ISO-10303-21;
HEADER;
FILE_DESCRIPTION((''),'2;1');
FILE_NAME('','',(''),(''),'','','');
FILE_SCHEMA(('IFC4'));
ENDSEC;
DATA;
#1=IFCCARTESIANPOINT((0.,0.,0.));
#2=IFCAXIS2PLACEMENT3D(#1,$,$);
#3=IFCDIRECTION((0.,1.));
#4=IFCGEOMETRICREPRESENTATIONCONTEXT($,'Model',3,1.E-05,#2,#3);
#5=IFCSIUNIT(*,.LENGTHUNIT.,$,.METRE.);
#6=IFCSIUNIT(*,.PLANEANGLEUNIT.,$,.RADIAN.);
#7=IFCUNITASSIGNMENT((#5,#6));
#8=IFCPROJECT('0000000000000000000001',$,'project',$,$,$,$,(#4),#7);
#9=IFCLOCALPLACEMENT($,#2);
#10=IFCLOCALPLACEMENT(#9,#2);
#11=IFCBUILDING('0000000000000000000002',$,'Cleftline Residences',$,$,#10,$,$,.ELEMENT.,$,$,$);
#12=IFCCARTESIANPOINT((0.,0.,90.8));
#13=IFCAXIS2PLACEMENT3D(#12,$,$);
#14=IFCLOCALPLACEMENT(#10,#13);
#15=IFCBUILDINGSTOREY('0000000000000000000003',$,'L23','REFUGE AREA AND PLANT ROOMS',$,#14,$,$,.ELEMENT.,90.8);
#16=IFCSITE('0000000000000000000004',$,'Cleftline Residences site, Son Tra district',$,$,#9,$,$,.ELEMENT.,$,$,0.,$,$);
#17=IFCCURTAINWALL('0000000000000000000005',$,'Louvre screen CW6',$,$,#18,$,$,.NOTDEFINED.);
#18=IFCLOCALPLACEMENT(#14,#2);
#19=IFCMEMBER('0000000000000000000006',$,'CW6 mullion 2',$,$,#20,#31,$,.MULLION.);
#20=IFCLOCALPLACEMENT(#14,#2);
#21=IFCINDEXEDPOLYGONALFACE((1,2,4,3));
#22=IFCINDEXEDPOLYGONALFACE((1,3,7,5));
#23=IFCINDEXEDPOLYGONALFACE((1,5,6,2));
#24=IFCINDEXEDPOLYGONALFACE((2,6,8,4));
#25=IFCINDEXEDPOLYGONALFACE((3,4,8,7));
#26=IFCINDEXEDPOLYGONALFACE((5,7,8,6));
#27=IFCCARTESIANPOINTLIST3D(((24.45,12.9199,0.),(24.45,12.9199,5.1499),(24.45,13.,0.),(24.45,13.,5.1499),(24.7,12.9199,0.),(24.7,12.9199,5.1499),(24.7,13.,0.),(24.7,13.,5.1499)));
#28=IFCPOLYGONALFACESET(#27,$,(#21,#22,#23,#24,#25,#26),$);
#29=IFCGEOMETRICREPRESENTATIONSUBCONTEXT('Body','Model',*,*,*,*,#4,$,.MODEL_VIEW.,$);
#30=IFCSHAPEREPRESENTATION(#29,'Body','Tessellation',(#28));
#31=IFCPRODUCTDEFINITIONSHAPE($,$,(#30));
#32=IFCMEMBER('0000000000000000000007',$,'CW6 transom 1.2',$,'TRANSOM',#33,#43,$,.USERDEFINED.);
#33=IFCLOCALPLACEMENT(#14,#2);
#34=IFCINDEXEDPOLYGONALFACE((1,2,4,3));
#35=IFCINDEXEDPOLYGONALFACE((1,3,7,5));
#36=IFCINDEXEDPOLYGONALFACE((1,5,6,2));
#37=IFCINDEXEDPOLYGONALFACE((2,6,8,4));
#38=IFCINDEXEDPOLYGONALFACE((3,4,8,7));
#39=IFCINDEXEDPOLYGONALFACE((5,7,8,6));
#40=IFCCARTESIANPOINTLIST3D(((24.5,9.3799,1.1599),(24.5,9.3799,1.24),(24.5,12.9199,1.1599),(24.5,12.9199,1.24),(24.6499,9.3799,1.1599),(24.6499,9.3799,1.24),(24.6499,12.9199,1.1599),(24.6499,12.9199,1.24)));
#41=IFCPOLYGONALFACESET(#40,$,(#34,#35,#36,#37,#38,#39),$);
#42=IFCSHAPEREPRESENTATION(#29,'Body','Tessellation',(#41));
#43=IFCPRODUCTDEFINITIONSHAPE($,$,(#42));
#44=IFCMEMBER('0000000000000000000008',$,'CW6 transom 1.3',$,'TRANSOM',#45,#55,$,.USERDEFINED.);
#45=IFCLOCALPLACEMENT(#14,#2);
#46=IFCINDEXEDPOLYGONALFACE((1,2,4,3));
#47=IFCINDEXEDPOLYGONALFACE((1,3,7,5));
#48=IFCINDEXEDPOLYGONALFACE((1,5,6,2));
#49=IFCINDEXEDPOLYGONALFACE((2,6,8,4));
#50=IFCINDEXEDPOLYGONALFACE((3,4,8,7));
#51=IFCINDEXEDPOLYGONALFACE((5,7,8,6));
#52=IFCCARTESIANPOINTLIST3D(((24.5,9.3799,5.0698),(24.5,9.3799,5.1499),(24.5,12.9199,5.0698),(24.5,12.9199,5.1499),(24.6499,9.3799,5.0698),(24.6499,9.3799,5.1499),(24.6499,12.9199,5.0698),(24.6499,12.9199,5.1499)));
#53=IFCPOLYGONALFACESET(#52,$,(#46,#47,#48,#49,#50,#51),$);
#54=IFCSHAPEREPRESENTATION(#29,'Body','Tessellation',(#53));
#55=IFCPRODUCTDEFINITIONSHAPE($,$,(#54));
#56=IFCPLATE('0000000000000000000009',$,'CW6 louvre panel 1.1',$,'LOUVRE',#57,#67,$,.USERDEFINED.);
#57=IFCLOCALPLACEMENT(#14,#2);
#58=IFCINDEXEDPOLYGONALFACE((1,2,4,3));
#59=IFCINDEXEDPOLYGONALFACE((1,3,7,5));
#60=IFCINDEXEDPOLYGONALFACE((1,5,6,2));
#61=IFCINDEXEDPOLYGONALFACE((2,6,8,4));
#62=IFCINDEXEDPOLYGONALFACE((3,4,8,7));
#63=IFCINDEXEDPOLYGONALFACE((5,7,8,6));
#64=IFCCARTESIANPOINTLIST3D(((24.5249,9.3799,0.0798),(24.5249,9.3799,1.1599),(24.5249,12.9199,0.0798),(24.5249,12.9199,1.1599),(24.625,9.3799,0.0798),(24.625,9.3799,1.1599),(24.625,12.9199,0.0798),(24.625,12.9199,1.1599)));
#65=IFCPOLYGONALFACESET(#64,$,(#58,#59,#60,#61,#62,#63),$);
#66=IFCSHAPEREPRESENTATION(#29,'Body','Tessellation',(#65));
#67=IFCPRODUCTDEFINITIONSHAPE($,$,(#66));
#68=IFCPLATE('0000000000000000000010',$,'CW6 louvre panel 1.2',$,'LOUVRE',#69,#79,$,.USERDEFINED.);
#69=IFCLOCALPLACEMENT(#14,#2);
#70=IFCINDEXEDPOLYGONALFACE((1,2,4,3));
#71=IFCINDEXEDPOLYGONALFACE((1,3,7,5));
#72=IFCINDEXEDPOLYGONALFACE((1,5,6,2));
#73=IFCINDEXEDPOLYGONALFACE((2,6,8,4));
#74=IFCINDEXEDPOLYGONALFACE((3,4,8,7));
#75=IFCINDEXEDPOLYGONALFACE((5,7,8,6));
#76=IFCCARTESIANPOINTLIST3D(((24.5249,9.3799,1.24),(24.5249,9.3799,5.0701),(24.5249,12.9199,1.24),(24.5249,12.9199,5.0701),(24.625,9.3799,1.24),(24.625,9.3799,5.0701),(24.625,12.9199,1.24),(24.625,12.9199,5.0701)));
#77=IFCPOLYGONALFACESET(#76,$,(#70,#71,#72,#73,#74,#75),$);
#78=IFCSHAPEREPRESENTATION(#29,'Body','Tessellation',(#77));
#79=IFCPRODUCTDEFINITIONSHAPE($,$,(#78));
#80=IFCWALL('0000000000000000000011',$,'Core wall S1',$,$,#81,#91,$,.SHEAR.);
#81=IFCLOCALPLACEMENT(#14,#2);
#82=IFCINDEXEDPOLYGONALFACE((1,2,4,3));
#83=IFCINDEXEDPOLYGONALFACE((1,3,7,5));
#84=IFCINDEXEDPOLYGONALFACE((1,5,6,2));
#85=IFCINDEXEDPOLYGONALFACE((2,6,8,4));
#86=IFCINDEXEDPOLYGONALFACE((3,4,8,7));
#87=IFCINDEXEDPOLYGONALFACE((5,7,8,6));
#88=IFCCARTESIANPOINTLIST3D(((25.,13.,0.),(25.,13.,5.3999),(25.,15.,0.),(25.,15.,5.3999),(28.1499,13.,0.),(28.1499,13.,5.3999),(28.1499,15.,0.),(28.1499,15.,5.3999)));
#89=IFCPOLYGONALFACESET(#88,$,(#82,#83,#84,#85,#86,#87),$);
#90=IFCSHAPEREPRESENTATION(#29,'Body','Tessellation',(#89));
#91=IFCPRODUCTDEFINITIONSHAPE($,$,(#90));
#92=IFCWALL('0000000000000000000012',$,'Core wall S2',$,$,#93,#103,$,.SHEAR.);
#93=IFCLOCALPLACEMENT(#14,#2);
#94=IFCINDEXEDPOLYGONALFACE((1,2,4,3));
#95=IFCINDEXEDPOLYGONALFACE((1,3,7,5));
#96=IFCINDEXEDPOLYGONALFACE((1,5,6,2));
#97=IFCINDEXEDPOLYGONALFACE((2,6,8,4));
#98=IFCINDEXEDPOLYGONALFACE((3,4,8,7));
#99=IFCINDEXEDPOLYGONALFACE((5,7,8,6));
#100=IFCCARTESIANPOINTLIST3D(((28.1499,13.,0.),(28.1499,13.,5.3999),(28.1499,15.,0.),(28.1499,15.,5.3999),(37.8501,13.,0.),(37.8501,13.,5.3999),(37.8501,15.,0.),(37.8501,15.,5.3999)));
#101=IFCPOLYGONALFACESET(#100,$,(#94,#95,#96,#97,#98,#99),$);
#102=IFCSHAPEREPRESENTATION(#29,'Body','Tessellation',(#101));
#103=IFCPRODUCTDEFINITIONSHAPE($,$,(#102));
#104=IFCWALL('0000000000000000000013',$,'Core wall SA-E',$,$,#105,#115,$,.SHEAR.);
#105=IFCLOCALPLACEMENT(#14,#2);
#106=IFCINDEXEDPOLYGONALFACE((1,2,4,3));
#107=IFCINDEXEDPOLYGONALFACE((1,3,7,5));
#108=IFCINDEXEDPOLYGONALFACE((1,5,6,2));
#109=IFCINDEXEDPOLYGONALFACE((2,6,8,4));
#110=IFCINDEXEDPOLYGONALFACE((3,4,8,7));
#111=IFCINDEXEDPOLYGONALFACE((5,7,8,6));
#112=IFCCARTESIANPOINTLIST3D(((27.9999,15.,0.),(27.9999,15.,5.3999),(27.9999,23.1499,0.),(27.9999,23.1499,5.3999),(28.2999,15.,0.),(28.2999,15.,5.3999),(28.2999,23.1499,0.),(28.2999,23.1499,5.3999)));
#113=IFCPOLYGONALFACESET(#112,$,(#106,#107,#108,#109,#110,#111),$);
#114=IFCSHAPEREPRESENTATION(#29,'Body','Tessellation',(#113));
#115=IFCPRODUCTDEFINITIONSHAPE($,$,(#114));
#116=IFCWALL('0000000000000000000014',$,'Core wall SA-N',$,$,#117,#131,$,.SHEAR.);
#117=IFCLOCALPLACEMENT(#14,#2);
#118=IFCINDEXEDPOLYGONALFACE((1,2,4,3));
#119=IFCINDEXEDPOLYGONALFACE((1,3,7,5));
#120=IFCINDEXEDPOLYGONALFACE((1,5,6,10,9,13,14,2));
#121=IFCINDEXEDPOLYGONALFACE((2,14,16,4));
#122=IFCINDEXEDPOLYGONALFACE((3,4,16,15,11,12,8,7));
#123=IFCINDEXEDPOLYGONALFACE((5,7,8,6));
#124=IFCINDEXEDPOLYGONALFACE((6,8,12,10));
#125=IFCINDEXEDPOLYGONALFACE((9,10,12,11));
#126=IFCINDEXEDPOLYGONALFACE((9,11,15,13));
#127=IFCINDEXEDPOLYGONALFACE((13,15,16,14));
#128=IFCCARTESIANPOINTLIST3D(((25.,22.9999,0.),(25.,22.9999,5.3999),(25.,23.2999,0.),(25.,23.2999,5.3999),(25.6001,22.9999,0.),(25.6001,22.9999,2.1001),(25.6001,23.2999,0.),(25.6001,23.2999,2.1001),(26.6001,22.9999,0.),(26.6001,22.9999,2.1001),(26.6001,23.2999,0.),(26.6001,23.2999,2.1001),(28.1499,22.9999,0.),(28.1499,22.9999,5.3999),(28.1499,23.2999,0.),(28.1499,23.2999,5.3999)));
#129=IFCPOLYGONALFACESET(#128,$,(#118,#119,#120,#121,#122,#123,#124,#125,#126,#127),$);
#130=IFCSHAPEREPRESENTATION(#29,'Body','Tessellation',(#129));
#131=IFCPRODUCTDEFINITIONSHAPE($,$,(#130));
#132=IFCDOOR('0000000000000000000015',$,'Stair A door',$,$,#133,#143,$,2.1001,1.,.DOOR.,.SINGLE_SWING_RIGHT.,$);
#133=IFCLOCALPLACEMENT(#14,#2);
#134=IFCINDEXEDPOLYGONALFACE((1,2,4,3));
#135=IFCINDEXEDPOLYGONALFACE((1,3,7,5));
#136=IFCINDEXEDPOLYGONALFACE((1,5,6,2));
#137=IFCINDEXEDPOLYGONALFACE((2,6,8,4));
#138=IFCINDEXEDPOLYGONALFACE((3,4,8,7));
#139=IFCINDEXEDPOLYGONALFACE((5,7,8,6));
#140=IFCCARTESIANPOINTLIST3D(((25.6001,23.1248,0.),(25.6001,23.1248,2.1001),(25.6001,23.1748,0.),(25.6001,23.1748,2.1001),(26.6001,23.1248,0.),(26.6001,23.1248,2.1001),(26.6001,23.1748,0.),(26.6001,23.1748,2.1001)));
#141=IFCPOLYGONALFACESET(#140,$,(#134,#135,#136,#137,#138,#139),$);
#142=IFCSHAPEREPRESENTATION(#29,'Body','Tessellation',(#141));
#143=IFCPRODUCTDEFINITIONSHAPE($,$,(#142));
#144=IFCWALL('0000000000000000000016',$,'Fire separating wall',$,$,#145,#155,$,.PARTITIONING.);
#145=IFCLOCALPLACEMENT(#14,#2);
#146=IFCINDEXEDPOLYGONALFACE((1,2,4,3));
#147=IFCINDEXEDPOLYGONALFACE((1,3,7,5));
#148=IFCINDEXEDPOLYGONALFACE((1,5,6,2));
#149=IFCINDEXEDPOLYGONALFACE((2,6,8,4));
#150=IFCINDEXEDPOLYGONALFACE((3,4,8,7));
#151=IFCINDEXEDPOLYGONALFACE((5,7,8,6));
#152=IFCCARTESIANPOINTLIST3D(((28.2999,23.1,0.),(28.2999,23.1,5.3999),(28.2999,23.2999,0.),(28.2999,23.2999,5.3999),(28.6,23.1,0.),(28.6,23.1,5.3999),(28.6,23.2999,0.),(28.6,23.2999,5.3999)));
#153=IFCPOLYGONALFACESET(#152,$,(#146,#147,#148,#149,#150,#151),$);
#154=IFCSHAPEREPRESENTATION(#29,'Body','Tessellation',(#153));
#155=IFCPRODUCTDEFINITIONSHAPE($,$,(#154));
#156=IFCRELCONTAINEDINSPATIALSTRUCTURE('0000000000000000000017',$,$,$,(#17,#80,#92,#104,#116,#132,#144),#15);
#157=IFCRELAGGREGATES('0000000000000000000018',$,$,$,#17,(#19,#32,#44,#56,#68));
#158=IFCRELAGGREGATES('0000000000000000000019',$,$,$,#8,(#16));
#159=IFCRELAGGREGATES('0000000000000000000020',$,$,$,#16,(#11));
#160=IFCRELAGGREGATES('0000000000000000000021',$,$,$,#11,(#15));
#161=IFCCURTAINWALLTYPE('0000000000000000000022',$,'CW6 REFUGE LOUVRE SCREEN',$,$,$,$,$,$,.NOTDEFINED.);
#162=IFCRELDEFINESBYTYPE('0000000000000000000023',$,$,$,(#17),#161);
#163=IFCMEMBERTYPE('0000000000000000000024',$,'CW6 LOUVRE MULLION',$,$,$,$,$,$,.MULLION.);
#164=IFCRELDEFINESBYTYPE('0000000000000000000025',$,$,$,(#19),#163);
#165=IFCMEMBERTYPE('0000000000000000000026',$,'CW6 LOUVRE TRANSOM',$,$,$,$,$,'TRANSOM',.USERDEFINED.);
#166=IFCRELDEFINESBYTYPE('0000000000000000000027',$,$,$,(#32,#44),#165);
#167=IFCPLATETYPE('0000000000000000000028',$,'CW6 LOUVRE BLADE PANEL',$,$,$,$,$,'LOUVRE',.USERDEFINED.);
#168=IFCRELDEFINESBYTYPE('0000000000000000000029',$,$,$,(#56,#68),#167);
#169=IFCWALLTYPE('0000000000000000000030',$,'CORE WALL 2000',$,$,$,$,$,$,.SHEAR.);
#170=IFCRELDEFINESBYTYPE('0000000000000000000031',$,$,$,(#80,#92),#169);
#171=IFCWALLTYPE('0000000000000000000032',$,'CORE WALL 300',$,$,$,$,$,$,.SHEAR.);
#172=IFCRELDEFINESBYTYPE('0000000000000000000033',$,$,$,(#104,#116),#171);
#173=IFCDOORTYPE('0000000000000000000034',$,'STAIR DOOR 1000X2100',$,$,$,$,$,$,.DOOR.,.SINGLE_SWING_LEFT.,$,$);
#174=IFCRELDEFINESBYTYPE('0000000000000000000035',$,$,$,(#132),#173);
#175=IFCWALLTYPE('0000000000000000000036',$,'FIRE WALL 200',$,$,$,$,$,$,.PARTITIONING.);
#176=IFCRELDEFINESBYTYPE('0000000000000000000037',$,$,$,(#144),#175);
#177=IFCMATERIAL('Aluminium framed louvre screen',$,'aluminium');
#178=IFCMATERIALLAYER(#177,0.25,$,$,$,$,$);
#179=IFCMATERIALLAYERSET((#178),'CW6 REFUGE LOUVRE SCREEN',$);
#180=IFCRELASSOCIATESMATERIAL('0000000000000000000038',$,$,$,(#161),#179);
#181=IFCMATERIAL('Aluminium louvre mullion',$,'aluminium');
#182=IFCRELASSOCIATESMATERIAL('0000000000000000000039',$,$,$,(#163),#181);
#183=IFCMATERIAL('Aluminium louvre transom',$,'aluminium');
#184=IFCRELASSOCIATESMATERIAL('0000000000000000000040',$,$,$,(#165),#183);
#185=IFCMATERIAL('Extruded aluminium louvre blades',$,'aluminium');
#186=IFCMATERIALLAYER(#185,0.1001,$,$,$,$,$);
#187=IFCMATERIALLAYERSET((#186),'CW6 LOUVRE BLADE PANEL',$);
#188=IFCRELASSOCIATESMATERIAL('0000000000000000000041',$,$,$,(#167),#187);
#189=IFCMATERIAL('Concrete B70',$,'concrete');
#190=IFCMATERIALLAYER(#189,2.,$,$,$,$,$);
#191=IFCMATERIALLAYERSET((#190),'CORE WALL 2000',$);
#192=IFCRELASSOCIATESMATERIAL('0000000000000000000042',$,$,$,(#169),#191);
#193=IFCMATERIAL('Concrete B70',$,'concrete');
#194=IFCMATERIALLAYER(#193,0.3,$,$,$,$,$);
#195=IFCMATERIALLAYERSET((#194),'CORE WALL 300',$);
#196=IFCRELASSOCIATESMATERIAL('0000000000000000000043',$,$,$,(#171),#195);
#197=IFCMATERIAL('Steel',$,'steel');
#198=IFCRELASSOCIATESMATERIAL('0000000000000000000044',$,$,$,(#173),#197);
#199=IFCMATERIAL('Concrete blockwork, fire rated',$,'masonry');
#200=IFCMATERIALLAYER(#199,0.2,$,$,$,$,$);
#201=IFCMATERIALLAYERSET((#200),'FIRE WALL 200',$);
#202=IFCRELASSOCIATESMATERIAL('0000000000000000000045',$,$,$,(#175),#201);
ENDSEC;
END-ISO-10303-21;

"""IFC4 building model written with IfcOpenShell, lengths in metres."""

from ifc_helpers import new_model, si_unit, direction, frame, frame_2d, origin, origin_2d, place, context, subcontext, project, spatial, rectangle, extrude, material, layer, layer_set, material_profile, profile_set, type_object, element, fill, aggregate, save


model = new_model("IFC4")

# Units and contexts
model_context = context("Model", 3, precision=1e-05, world=origin(), true_north=direction((0.0, 1.0)))
body_context = subcontext(model_context, "Body", "Model", "MODEL_VIEW")
ifc_project = project(units=[si_unit("LENGTHUNIT", "METRE"), si_unit("PLANEANGLEUNIT", "RADIAN")], contexts=[model_context])

# Site, building, storey
site_placement = place(None, origin())
site = spatial("IfcSite", under=ifc_project, at=site_placement, Name="Cleftline Residences site, Son Tra district", CompositionType="ELEMENT", RefElevation=0.0)
building_placement = place(site_placement, origin())
building = spatial("IfcBuilding", under=site, at=building_placement, Name="Cleftline Residences", CompositionType="ELEMENT")
storey_placement = place(building_placement, frame((0.0, 0.0, 90.8)))
storey = spatial("IfcBuildingStorey", under=building, at=storey_placement, Name="L23", Description="REFUGE AREA AND PLANT ROOMS", CompositionType="ELEMENT", Elevation=90.8)

# Curtain wall, members, plates
ifc_material_1 = material(Name="Aluminium framed louvre screen", Category="aluminium")
ifc_layer_1 = layer(ifc_material_1, 0.25)
ifc_layer_set_1 = layer_set([ifc_layer_1], Name="CW6 REFUGE LOUVRE SCREEN")
curtain_wall_type = type_object("IfcCurtainWallType", Name="CW6 REFUGE LOUVRE SCREEN", PredefinedType="NOTDEFINED", material=ifc_layer_set_1)
curtain_wall_placement = place(storey_placement, origin())
curtain_wall = element("IfcCurtainWall", 1, at=curtain_wall_placement, inside=storey, type_object=curtain_wall_type, Name="Louvre screen CW6", PredefinedType="NOTDEFINED")
ifc_material_2 = material(Name="Aluminium louvre mullion", Category="aluminium")
ifc_material_profile_1 = material_profile(ifc_material_2, rectangle(XDim=0.25, YDim=0.0801, at=origin_2d()))
ifc_profile_set_1 = profile_set([ifc_material_profile_1], Name="Aluminium louvre mullion")
member_type_1 = type_object("IfcMemberType", Name="CW6 LOUVRE MULLION", PredefinedType="MULLION", material=ifc_profile_set_1)
member_1_placement = place(storey_placement, frame((24.575, 12.96, 0.0), z_axis=(0.0, 0.0, 1.0), x_axis=(-1.0, 0.0, 0.0)))
member_1 = element("IfcMember", 2, at=member_1_placement, type_object=member_type_1, Name="CW6 mullion 2", PredefinedType="MULLION", context=body_context, shape_type="SweptSolid", body=[
    extrude(rectangle(XDim=0.25, YDim=0.0801, at=origin_2d()), origin(), (0.0, 0.0, 1.0), 5.1499),
])
ifc_material_3 = material(Name="Aluminium louvre transom", Category="aluminium")
ifc_material_profile_2 = material_profile(ifc_material_3, rectangle(XDim=0.1499, YDim=0.0801, at=origin_2d()))
ifc_profile_set_2 = profile_set([ifc_material_profile_2], Name="Aluminium louvre transom")
member_type_2 = type_object("IfcMemberType", Name="CW6 LOUVRE TRANSOM", ElementType="TRANSOM", PredefinedType="USERDEFINED", material=ifc_profile_set_2)
member_2_placement = place(storey_placement, frame((24.575, 9.3799, 1.2), z_axis=(0.0, 1.0, 0.0), x_axis=(-1.0, 0.0, 0.0)))
member_2 = element("IfcMember", 3, at=member_2_placement, type_object=member_type_2, Name="CW6 transom 1.2", ObjectType="TRANSOM", PredefinedType="USERDEFINED", context=body_context, shape_type="SweptSolid", body=[
    extrude(rectangle(XDim=0.1499, YDim=0.0801, at=origin_2d()), origin(), (0.0, 0.0, 1.0), 3.54),
])
member_3_placement = place(storey_placement, frame((24.575, 9.3799, 5.1099), z_axis=(0.0, 1.0, 0.0), x_axis=(-1.0, 0.0, 0.0)))
member_3 = element("IfcMember", 4, at=member_3_placement, type_object=member_type_2, Name="CW6 transom 1.3", ObjectType="TRANSOM", PredefinedType="USERDEFINED", context=body_context, shape_type="SweptSolid", body=[
    extrude(rectangle(XDim=0.1499, YDim=0.0801, at=origin_2d()), origin(), (0.0, 0.0, 1.0), 3.54),
])
ifc_material_4 = material(Name="Extruded aluminium louvre blades", Category="aluminium")
ifc_layer_2 = layer(ifc_material_4, 0.1001)
ifc_layer_set_2 = layer_set([ifc_layer_2], Name="CW6 LOUVRE BLADE PANEL")
plate_type = type_object("IfcPlateType", Name="CW6 LOUVRE BLADE PANEL", ElementType="LOUVRE", PredefinedType="USERDEFINED", material=ifc_layer_set_2)
plate_1_placement = place(storey_placement, frame((24.575, 11.1499, 0.0798), z_axis=(0.0, 0.0, 1.0), x_axis=(0.0, 1.0, 0.0)))
plate_1 = element("IfcPlate", 5, at=plate_1_placement, type_object=plate_type, Name="CW6 louvre panel 1.1", ObjectType="LOUVRE", PredefinedType="USERDEFINED", context=body_context, shape_type="SweptSolid", body=[
    extrude(rectangle(XDim=3.54, YDim=0.1001, at=origin_2d()), origin(), (0.0, 0.0, 1.0), 1.0801),
])
plate_2_placement = place(storey_placement, frame((24.575, 11.1499, 1.24), z_axis=(0.0, 0.0, 1.0), x_axis=(0.0, 1.0, 0.0)))
plate_2 = element("IfcPlate", 6, at=plate_2_placement, type_object=plate_type, Name="CW6 louvre panel 1.2", ObjectType="LOUVRE", PredefinedType="USERDEFINED", context=body_context, shape_type="SweptSolid", body=[
    extrude(rectangle(XDim=3.54, YDim=0.1001, at=origin_2d()), origin(), (0.0, 0.0, 1.0), 3.8301),
])
aggregate(curtain_wall, [member_1, member_2, member_3, plate_1, plate_2])

# Walls
ifc_material_5 = material(Name="Concrete B70", Category="concrete")
ifc_layer_3 = layer(ifc_material_5, 2.0)
ifc_layer_set_3 = layer_set([ifc_layer_3], Name="CORE WALL 2000")
wall_type_1 = type_object("IfcWallType", Name="CORE WALL 2000", PredefinedType="SHEAR", material=ifc_layer_set_3)
wall_1_placement = place(storey_placement, frame((25.0, 14.0, 0.0), z_axis=(0.0, 0.0, 1.0), x_axis=(1.0, 0.0, 0.0)))
element("IfcWall", 7, at=wall_1_placement, inside=storey, type_object=wall_type_1, Name="Core wall S1", PredefinedType="SHEAR", context=body_context, shape_type="SweptSolid", body=[
    extrude(rectangle(XDim=3.1499, YDim=2.0, at=frame_2d((1.575, 0.0))), origin(), (0.0, 0.0, 1.0), 5.3999),
])
wall_2_placement = place(storey_placement, frame((28.1499, 14.0, 0.0), z_axis=(0.0, 0.0, 1.0), x_axis=(1.0, 0.0, 0.0)))
element("IfcWall", 8, at=wall_2_placement, inside=storey, type_object=wall_type_1, Name="Core wall S2", PredefinedType="SHEAR", context=body_context, shape_type="SweptSolid", body=[
    extrude(rectangle(XDim=9.7002, YDim=2.0, at=frame_2d((4.8501, 0.0))), origin(), (0.0, 0.0, 1.0), 5.3999),
])
ifc_material_6 = material(Name="Concrete B70", Category="concrete")
ifc_layer_4 = layer(ifc_material_6, 0.3)
ifc_layer_set_4 = layer_set([ifc_layer_4], Name="CORE WALL 300")
wall_type_2 = type_object("IfcWallType", Name="CORE WALL 300", PredefinedType="SHEAR", material=ifc_layer_set_4)
wall_3_placement = place(storey_placement, frame((28.1499, 15.0, 0.0), z_axis=(0.0, 0.0, 1.0), x_axis=(0.0, 1.0, 0.0)))
element("IfcWall", 9, at=wall_3_placement, inside=storey, type_object=wall_type_2, Name="Core wall SA-E", PredefinedType="SHEAR", context=body_context, shape_type="SweptSolid", body=[
    extrude(rectangle(XDim=8.1499, YDim=0.3, at=frame_2d((4.075, 0.0))), origin(), (0.0, 0.0, 1.0), 5.3999),
])

# Wall, opening, door
wall_4_placement = place(storey_placement, frame((25.0, 23.1499, 0.0), z_axis=(0.0, 0.0, 1.0), x_axis=(1.0, 0.0, 0.0)))
wall_4 = element("IfcWall", 10, at=wall_4_placement, inside=storey, type_object=wall_type_2, Name="Core wall SA-N", PredefinedType="SHEAR", context=body_context, shape_type="SweptSolid", body=[
    extrude(rectangle(XDim=3.1499, YDim=0.3, at=frame_2d((1.575, 0.0))), origin(), (0.0, 0.0, 1.0), 5.3999),
])
opening_1_placement = place(wall_4_placement, frame((0.6001, 0.0, 0.0)))
opening_1 = element("IfcOpeningElement", 11, at=opening_1_placement, cuts=wall_4, PredefinedType="OPENING", context=body_context, shape_type="SweptSolid", body=[
    extrude(rectangle(XDim=1.0, YDim=2.1001, at=frame_2d((0.5, 1.05))), frame((0.0, 0.1599, 0.0), z_axis=(0.0, -1.0, 0.0), x_axis=(1.0, 0.0, 0.0)), (0.0, 0.0, 1.0), 0.3201),
])
ifc_material_7 = material(Name="Steel", Category="steel")
door_type_1 = type_object("IfcDoorType", Name="STAIR DOOR 1000X2100", OperationType="SINGLE_SWING_LEFT", PredefinedType="DOOR", material=ifc_material_7)
door_1_placement = place(opening_1_placement, origin())
door_1 = element("IfcDoor", 12, at=door_1_placement, inside=storey, type_object=door_type_1, Name="Stair A door", OperationType="SINGLE_SWING_RIGHT", OverallHeight=2.1001, OverallWidth=1.0, PredefinedType="DOOR", context=body_context, shape_type="SweptSolid", body=[
    extrude(rectangle(XDim=1.0, YDim=2.1001, at=frame_2d((0.5, 1.05))), frame((0.0, 0.0249, 0.0), z_axis=(0.0, -1.0, 0.0), x_axis=(1.0, 0.0, 0.0)), (0.0, 0.0, 1.0), 0.05),
])
fill(opening_1, door_1)

# Wall
ifc_material_8 = material(Name="Concrete blockwork, fire rated", Category="masonry")
ifc_layer_5 = layer(ifc_material_8, 0.2)
ifc_layer_set_5 = layer_set([ifc_layer_5], Name="FIRE WALL 200")
wall_type_3 = type_object("IfcWallType", Name="FIRE WALL 200", PredefinedType="PARTITIONING", material=ifc_layer_set_5)
wall_5_placement = place(storey_placement, frame((28.3, 23.2, 0.0), z_axis=(0.0, 0.0, 1.0), x_axis=(1.0, 0.0, 0.0)))
element("IfcWall", 13, at=wall_5_placement, inside=storey, type_object=wall_type_3, Name="Fire separating wall", PredefinedType="PARTITIONING", context=body_context, shape_type="SweptSolid", body=[
    extrude(rectangle(XDim=0.3, YDim=0.2, at=frame_2d((0.1499, 0.0))), origin(), (0.0, 0.0, 1.0), 5.3999),
])

save(model, "model.ifc")
